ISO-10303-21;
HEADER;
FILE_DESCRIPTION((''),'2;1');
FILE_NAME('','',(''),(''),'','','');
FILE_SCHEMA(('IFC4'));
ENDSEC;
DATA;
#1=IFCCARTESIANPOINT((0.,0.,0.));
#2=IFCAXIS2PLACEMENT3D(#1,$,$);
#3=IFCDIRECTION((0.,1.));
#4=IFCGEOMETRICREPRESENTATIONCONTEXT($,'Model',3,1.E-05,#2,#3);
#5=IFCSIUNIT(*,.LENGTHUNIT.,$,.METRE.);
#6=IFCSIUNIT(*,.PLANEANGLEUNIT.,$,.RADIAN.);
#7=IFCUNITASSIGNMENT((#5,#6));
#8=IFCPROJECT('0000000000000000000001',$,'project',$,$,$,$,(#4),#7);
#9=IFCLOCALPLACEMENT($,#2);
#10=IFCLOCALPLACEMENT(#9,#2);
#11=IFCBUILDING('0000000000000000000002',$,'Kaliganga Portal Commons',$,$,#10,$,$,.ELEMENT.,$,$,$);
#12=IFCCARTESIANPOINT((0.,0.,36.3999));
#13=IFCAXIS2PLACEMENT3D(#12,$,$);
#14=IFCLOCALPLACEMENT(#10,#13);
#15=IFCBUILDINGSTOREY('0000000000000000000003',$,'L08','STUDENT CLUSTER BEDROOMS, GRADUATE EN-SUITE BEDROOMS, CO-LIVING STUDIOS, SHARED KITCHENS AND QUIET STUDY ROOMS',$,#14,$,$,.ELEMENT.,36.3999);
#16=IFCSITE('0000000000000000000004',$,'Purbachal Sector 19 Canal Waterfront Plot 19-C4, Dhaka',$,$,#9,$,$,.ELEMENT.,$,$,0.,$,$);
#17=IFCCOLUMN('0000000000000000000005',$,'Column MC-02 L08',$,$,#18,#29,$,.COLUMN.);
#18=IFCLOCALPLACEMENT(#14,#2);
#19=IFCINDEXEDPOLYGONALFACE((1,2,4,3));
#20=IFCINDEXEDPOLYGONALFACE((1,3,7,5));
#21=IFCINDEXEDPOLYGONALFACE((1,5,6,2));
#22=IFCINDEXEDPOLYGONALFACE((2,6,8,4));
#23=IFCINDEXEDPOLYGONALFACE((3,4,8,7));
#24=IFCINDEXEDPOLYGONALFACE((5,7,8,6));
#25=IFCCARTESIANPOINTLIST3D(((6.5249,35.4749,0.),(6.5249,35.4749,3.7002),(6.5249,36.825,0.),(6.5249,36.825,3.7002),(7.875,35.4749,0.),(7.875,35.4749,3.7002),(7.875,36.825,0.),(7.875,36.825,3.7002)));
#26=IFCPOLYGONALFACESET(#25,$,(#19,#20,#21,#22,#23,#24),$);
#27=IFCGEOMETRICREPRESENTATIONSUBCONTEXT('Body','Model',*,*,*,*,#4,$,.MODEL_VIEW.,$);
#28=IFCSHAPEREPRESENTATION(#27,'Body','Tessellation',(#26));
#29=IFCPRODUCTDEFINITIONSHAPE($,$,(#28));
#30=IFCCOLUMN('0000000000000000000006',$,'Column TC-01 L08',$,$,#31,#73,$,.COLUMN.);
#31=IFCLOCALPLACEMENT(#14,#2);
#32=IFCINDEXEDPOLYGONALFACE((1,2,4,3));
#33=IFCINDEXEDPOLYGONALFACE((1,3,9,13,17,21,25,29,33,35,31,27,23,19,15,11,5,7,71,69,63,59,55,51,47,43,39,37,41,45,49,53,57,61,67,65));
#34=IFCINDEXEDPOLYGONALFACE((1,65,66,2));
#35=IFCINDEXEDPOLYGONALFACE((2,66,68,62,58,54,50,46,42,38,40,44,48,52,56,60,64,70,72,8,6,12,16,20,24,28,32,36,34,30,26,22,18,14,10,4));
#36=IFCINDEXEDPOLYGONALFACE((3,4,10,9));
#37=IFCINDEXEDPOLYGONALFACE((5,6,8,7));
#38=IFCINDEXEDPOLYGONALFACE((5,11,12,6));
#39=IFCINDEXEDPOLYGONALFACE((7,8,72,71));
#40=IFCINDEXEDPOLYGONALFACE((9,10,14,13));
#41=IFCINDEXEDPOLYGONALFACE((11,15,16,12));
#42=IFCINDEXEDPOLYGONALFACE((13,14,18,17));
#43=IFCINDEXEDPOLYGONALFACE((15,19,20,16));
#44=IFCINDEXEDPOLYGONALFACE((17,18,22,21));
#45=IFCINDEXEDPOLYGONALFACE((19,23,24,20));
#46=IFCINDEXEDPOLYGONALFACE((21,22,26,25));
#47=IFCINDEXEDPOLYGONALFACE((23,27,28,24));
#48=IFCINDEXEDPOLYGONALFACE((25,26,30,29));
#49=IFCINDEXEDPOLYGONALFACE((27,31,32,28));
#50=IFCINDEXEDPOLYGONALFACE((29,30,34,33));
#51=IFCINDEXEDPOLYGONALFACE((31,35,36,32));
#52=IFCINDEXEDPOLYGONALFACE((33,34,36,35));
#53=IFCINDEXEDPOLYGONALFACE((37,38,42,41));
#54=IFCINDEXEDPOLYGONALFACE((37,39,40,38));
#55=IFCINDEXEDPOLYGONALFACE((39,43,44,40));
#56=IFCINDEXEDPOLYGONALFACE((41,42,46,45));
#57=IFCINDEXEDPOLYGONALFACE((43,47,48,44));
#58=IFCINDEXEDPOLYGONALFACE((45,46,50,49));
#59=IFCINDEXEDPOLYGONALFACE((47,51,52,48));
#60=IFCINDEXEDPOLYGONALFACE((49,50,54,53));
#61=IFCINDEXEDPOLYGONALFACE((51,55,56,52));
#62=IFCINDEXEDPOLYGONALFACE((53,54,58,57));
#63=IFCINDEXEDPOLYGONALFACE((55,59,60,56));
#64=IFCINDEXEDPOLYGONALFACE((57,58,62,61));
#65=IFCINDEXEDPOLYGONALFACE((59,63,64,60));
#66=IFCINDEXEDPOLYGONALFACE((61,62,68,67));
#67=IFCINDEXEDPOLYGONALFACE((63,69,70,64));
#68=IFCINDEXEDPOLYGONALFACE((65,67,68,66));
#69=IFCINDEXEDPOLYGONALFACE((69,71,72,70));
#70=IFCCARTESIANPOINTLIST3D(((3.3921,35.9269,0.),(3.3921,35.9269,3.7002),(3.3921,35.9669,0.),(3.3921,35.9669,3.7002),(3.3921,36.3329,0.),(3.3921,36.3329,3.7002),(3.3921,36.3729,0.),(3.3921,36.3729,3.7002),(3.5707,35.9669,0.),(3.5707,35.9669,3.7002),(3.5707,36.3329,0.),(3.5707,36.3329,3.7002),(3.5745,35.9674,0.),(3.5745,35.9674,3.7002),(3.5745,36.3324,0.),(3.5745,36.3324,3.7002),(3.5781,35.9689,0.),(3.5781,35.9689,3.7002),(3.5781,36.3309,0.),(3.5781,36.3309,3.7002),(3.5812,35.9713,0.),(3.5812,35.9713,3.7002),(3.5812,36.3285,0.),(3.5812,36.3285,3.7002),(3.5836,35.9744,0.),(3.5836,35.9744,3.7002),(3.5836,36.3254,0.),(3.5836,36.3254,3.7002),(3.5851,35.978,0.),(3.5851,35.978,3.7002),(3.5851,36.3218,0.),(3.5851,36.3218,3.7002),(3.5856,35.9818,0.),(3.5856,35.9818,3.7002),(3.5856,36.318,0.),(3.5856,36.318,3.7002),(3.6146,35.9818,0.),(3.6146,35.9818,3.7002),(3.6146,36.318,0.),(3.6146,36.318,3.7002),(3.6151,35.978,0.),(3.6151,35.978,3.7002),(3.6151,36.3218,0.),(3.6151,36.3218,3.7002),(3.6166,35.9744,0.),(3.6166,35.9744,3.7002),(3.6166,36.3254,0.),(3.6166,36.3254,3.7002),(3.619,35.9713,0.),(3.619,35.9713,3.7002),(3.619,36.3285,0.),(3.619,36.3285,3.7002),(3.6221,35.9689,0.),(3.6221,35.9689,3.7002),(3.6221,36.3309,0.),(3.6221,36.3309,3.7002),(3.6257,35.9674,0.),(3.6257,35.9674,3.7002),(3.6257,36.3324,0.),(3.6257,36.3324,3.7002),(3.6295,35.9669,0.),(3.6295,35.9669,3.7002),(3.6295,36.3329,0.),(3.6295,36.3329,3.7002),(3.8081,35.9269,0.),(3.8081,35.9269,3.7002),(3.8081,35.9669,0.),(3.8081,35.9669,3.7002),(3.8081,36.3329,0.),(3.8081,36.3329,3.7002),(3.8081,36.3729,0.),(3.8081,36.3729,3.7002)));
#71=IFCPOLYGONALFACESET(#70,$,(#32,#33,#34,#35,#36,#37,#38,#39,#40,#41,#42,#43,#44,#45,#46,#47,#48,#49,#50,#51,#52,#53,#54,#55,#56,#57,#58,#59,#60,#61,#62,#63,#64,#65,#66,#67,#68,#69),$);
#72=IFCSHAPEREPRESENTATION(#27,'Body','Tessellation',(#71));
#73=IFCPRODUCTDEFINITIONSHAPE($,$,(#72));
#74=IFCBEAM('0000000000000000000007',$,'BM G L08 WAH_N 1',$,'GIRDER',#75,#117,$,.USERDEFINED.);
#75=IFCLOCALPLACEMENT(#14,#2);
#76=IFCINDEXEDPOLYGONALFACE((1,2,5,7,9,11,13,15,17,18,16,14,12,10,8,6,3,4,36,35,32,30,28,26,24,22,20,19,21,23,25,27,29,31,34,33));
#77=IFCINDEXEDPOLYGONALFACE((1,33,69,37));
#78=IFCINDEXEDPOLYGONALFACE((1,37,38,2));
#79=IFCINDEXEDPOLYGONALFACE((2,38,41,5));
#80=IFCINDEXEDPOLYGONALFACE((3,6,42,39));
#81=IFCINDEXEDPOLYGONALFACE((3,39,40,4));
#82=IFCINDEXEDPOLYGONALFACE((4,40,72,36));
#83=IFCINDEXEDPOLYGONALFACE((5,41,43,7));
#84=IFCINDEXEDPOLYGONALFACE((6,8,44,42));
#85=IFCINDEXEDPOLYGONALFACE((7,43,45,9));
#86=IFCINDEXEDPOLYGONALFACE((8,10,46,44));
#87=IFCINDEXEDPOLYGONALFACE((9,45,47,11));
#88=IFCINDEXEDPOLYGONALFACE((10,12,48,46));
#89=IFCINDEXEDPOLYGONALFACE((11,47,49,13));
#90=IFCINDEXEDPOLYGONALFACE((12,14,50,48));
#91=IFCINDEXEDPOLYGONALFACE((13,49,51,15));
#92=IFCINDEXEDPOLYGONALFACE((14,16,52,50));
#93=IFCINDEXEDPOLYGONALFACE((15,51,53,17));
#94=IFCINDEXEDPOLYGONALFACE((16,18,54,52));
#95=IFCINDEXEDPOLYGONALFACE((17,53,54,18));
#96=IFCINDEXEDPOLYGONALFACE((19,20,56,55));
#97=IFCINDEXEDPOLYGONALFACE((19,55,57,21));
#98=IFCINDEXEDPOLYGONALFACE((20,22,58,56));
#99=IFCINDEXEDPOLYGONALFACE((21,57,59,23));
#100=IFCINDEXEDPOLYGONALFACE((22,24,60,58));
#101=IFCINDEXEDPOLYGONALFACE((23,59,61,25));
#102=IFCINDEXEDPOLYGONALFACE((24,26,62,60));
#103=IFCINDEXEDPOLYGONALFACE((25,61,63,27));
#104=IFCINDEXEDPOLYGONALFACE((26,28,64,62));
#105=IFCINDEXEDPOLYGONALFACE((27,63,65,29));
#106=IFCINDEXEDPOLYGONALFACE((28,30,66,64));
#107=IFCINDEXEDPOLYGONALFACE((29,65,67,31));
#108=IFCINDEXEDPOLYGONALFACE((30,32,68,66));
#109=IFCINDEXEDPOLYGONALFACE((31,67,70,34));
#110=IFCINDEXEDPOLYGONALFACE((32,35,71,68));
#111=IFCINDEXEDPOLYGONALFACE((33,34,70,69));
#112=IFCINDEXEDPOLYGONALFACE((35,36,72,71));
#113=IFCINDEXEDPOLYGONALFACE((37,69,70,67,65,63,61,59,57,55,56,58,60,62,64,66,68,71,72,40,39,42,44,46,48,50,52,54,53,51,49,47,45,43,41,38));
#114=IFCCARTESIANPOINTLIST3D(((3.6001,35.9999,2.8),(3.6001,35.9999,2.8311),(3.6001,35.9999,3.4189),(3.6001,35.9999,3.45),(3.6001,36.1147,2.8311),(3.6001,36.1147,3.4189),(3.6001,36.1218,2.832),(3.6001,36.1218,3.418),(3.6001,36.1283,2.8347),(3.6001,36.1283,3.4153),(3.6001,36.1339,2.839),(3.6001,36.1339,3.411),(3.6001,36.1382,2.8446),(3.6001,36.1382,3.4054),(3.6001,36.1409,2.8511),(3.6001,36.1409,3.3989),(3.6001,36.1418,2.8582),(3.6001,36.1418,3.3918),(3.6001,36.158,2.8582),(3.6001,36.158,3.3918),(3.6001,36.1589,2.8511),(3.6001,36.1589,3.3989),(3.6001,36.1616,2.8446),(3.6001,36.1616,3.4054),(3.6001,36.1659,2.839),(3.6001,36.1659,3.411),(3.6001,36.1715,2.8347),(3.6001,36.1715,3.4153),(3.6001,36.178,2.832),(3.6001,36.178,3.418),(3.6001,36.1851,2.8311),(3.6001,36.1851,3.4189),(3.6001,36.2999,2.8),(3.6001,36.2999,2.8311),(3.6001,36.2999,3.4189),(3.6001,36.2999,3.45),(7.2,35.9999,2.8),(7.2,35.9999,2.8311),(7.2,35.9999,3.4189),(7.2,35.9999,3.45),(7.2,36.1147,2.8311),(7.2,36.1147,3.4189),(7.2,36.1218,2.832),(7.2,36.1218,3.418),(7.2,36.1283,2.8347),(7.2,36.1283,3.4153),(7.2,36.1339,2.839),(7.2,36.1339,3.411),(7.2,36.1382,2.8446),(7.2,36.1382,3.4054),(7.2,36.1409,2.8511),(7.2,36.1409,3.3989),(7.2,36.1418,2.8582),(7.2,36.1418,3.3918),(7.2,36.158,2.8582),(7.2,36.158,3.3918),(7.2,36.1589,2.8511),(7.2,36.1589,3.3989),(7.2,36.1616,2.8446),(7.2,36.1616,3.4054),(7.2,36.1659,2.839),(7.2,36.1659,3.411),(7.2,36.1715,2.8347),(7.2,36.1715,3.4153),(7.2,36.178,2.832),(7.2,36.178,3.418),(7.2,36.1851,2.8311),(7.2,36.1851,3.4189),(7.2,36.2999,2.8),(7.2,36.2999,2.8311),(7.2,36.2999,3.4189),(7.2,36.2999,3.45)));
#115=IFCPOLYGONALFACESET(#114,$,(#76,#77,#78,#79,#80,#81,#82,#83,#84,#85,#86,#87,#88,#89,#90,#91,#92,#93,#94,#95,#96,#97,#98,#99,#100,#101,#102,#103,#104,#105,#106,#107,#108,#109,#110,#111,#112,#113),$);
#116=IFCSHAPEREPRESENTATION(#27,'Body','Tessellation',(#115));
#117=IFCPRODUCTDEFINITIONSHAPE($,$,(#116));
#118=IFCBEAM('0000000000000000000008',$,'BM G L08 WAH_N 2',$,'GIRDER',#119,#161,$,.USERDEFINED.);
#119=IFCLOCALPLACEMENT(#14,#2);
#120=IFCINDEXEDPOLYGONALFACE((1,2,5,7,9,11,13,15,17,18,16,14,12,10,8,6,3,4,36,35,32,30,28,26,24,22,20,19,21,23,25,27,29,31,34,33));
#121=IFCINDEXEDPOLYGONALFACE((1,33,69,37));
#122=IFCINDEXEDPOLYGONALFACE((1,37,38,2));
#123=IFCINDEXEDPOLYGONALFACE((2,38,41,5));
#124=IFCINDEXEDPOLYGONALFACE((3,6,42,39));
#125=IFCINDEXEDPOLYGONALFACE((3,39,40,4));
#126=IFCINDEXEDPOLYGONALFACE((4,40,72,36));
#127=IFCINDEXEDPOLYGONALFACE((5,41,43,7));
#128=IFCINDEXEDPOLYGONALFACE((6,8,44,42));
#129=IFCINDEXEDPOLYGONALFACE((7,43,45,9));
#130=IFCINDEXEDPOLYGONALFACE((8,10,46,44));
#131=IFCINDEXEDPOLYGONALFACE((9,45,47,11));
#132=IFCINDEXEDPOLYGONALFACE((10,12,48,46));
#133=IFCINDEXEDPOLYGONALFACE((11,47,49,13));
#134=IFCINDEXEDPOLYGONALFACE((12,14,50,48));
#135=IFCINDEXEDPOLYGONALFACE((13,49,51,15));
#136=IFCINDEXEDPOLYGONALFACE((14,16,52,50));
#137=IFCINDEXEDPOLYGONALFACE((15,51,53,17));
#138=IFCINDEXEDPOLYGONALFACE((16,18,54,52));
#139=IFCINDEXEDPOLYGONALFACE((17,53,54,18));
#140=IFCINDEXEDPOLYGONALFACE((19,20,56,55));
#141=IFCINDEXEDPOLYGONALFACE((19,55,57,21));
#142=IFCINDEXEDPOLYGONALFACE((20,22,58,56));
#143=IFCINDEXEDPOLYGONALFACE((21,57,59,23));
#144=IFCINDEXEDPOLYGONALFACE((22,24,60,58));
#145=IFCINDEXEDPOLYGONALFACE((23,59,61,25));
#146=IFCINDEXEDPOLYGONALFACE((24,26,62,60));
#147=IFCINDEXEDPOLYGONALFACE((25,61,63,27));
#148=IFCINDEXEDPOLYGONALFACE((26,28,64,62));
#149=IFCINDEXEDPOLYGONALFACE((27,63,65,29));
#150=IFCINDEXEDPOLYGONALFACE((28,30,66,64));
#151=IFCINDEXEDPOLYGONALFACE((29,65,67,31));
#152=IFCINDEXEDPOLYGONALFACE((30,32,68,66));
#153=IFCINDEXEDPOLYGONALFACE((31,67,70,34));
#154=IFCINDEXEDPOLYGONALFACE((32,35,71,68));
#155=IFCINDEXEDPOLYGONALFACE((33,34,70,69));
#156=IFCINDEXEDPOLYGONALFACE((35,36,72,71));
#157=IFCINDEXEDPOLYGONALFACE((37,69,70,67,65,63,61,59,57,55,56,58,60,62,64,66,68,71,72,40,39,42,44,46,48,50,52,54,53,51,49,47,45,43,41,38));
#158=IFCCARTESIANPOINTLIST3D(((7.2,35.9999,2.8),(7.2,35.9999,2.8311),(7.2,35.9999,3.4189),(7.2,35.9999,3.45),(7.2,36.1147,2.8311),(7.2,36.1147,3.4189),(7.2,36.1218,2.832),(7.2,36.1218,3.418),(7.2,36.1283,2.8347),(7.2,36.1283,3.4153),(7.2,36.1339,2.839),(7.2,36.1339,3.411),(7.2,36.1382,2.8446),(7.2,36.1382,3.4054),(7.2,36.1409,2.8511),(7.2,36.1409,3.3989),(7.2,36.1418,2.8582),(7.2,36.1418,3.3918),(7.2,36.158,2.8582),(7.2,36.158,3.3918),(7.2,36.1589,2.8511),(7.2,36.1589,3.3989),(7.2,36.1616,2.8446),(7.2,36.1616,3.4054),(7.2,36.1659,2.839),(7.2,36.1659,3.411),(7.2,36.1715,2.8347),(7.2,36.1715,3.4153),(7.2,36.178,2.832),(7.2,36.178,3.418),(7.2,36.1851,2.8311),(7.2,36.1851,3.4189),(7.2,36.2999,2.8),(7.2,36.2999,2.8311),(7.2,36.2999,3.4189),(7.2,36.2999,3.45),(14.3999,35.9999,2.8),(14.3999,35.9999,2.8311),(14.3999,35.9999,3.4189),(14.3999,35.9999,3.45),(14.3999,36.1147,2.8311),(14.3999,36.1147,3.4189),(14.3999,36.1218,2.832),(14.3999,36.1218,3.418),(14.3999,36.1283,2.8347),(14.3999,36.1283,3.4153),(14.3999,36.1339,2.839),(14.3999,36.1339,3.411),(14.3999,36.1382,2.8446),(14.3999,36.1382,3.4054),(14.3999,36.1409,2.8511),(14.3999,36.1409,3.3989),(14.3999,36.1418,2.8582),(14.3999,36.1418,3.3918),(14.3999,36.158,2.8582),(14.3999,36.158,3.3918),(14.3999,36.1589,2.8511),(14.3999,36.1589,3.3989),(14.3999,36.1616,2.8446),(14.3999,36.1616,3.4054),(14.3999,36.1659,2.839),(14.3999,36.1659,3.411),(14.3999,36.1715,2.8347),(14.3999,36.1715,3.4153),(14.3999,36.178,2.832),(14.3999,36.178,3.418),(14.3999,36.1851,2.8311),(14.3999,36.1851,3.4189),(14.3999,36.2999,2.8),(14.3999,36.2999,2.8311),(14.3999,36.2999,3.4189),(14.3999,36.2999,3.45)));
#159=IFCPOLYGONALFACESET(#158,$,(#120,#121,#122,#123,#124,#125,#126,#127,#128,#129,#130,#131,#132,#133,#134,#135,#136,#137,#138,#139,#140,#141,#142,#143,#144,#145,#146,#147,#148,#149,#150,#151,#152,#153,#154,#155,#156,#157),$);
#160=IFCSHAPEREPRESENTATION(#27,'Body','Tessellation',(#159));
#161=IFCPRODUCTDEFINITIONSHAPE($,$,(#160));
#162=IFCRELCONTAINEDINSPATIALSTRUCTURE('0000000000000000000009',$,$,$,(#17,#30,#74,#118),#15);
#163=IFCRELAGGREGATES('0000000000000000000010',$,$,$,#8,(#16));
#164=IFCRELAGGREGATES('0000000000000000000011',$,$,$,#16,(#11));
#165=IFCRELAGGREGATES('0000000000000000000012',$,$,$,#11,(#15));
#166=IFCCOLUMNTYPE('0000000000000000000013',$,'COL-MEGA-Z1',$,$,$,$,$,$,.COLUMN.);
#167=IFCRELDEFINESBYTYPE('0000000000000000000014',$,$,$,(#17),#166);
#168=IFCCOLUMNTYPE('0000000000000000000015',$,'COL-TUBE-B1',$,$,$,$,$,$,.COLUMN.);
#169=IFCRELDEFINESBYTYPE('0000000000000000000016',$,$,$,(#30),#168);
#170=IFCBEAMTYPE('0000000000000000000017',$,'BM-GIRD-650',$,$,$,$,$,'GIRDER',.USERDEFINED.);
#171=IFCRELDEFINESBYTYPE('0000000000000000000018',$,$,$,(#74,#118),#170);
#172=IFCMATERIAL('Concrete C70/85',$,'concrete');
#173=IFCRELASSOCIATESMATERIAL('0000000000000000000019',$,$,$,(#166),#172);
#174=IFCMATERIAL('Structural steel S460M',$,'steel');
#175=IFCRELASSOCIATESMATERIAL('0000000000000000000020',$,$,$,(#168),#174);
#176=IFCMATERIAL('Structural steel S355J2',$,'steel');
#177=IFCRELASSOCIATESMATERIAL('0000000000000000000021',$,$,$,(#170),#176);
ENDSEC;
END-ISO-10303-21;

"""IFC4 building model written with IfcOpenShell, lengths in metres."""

from ifc_helpers import new_model, si_unit, direction, frame, origin, origin_2d, place, context, subcontext, project, spatial, rectangle, i_section, extrude, source, transform, mapped, material, material_profile, profile_set, type_object, element, save


model = new_model("IFC4")

# Units and contexts
model_context = context("Model", 3, precision=1e-05, world=origin(), true_north=direction((0.0, 1.0)))
body_context = subcontext(model_context, "Body", "Model", "MODEL_VIEW")
ifc_project = project(units=[si_unit("LENGTHUNIT", "METRE"), si_unit("PLANEANGLEUNIT", "RADIAN")], contexts=[model_context])

# Site, building, storey
site_placement = place(None, origin())
site = spatial("IfcSite", under=ifc_project, at=site_placement, Name="Purbachal Sector 19 Canal Waterfront Plot 19-C4, Dhaka", CompositionType="ELEMENT", RefElevation=0.0)
building_placement = place(site_placement, origin())
building = spatial("IfcBuilding", under=site, at=building_placement, Name="Kaliganga Portal Commons", CompositionType="ELEMENT")
storey_placement = place(building_placement, frame((0.0, 0.0, 36.3999)))
storey = spatial("IfcBuildingStorey", under=building, at=storey_placement, Name="L08", Description="STUDENT CLUSTER BEDROOMS, GRADUATE EN-SUITE BEDROOMS, CO-LIVING STUDIOS, SHARED KITCHENS AND QUIET STUDY ROOMS", CompositionType="ELEMENT", Elevation=36.3999)

# Columns
ifc_material_1 = material(Name="Concrete C70/85", Category="concrete")
ifc_material_profile_1 = material_profile(ifc_material_1, rectangle(XDim=1.3501, YDim=1.3501, at=origin_2d()), Name="RC 1350x1350")
ifc_profile_set_1 = profile_set([ifc_material_profile_1], Name="Concrete C70/85")
column_type_1 = type_object("IfcColumnType", Name="COL-MEGA-Z1", PredefinedType="COLUMN", material=ifc_profile_set_1)
shared_shape_1 = source(origin(), body_context, "Body", "SweptSolid", [
    extrude(rectangle(XDim=1.3501, YDim=1.3501, at=origin_2d()), origin(), (0.0, 0.0, 1.0), 3.7002),
])
column_1_placement = place(storey_placement, frame((7.2, 36.1499, 0.0), z_axis=(0.0, 0.0, 1.0), x_axis=(1.0, 0.0, 0.0)))
element("IfcColumn", 1, at=column_1_placement, inside=storey, type_object=column_type_1, Name="Column MC-02 L08", PredefinedType="COLUMN", context=body_context, shape_type="MappedRepresentation", body=[
    mapped(shared_shape_1, transform((0.0, 0.0, 0.0), x_axis=(1.0, 0.0, 0.0), y_axis=(0.0, 1.0, 0.0), z_axis=(0.0, 0.0, 1.0), scale=1.0)),
])
ifc_material_2 = material(Name="Structural steel S460M", Category="steel")
ifc_material_profile_2 = material_profile(ifc_material_2, i_section(OverallWidth=0.416, OverallDepth=0.446, WebThickness=0.0291, FlangeThickness=0.04, FilletRadius=0.0149, at=origin_2d()), Name="HD 400x509")
ifc_profile_set_2 = profile_set([ifc_material_profile_2], Name="Structural steel S460M wide-flange")
column_type_2 = type_object("IfcColumnType", Name="COL-TUBE-B1", PredefinedType="COLUMN", material=ifc_profile_set_2)
shared_shape_2 = source(origin(), body_context, "Body", "SweptSolid", [
    extrude(i_section(OverallWidth=0.416, OverallDepth=0.446, WebThickness=0.0291, FlangeThickness=0.04, FilletRadius=0.0149, at=origin_2d()), origin(), (0.0, 0.0, 1.0), 3.7002),
])
column_2_placement = place(storey_placement, frame((3.6001, 36.1499, 0.0), z_axis=(0.0, 0.0, 1.0), x_axis=(1.0, 0.0, 0.0)))
element("IfcColumn", 2, at=column_2_placement, inside=storey, type_object=column_type_2, Name="Column TC-01 L08", PredefinedType="COLUMN", context=body_context, shape_type="MappedRepresentation", body=[
    mapped(shared_shape_2, transform((0.0, 0.0, 0.0), x_axis=(1.0, 0.0, 0.0), y_axis=(0.0, 1.0, 0.0), z_axis=(0.0, 0.0, 1.0), scale=1.0)),
])

# Beams
ifc_material_3 = material(Name="Structural steel S355J2", Category="steel")
ifc_material_profile_3 = material_profile(ifc_material_3, i_section(OverallWidth=0.3, OverallDepth=0.6499, WebThickness=0.0161, FlangeThickness=0.031, FilletRadius=0.0271, at=origin_2d()), Name="HE 650 B")
ifc_profile_set_3 = profile_set([ifc_material_profile_3], Name="Structural steel S355J2 wide-flange")
beam_type = type_object("IfcBeamType", Name="BM-GIRD-650", ElementType="GIRDER", PredefinedType="USERDEFINED", material=ifc_profile_set_3)
shared_shape_3 = source(origin(), body_context, "Body", "SweptSolid", [
    extrude(i_section(OverallWidth=0.3, OverallDepth=0.6499, WebThickness=0.0161, FlangeThickness=0.031, FilletRadius=0.0271, at=origin_2d()), origin(), (0.0, 0.0, 1.0), 3.5999),
])
beam_1_placement = place(storey_placement, frame((3.6001, 36.1499, 3.125), z_axis=(1.0, 0.0, 0.0), x_axis=(0.0, 1.0, 0.0)))
element("IfcBeam", 3, at=beam_1_placement, inside=storey, type_object=beam_type, Name="BM G L08 WAH_N 1", ObjectType="GIRDER", PredefinedType="USERDEFINED", context=body_context, shape_type="MappedRepresentation", body=[
    mapped(shared_shape_3, transform((0.0, 0.0, 0.0), x_axis=(1.0, 0.0, 0.0), y_axis=(0.0, 1.0, 0.0), z_axis=(0.0, 0.0, 1.0), scale=1.0)),
])
shared_shape_4 = source(origin(), body_context, "Body", "SweptSolid", [
    extrude(i_section(OverallWidth=0.3, OverallDepth=0.6499, WebThickness=0.0161, FlangeThickness=0.031, FilletRadius=0.0271, at=origin_2d()), origin(), (0.0, 0.0, 1.0), 7.2),
])
beam_2_placement = place(storey_placement, frame((7.2, 36.1499, 3.125), z_axis=(1.0, 0.0, 0.0), x_axis=(0.0, 1.0, 0.0)))
element("IfcBeam", 4, at=beam_2_placement, inside=storey, type_object=beam_type, Name="BM G L08 WAH_N 2", ObjectType="GIRDER", PredefinedType="USERDEFINED", context=body_context, shape_type="MappedRepresentation", body=[
    mapped(shared_shape_4, transform((0.0, 0.0, 0.0), x_axis=(1.0, 0.0, 0.0), y_axis=(0.0, 1.0, 0.0), z_axis=(0.0, 0.0, 1.0), scale=1.0)),
])

save(model, "model.ifc")
